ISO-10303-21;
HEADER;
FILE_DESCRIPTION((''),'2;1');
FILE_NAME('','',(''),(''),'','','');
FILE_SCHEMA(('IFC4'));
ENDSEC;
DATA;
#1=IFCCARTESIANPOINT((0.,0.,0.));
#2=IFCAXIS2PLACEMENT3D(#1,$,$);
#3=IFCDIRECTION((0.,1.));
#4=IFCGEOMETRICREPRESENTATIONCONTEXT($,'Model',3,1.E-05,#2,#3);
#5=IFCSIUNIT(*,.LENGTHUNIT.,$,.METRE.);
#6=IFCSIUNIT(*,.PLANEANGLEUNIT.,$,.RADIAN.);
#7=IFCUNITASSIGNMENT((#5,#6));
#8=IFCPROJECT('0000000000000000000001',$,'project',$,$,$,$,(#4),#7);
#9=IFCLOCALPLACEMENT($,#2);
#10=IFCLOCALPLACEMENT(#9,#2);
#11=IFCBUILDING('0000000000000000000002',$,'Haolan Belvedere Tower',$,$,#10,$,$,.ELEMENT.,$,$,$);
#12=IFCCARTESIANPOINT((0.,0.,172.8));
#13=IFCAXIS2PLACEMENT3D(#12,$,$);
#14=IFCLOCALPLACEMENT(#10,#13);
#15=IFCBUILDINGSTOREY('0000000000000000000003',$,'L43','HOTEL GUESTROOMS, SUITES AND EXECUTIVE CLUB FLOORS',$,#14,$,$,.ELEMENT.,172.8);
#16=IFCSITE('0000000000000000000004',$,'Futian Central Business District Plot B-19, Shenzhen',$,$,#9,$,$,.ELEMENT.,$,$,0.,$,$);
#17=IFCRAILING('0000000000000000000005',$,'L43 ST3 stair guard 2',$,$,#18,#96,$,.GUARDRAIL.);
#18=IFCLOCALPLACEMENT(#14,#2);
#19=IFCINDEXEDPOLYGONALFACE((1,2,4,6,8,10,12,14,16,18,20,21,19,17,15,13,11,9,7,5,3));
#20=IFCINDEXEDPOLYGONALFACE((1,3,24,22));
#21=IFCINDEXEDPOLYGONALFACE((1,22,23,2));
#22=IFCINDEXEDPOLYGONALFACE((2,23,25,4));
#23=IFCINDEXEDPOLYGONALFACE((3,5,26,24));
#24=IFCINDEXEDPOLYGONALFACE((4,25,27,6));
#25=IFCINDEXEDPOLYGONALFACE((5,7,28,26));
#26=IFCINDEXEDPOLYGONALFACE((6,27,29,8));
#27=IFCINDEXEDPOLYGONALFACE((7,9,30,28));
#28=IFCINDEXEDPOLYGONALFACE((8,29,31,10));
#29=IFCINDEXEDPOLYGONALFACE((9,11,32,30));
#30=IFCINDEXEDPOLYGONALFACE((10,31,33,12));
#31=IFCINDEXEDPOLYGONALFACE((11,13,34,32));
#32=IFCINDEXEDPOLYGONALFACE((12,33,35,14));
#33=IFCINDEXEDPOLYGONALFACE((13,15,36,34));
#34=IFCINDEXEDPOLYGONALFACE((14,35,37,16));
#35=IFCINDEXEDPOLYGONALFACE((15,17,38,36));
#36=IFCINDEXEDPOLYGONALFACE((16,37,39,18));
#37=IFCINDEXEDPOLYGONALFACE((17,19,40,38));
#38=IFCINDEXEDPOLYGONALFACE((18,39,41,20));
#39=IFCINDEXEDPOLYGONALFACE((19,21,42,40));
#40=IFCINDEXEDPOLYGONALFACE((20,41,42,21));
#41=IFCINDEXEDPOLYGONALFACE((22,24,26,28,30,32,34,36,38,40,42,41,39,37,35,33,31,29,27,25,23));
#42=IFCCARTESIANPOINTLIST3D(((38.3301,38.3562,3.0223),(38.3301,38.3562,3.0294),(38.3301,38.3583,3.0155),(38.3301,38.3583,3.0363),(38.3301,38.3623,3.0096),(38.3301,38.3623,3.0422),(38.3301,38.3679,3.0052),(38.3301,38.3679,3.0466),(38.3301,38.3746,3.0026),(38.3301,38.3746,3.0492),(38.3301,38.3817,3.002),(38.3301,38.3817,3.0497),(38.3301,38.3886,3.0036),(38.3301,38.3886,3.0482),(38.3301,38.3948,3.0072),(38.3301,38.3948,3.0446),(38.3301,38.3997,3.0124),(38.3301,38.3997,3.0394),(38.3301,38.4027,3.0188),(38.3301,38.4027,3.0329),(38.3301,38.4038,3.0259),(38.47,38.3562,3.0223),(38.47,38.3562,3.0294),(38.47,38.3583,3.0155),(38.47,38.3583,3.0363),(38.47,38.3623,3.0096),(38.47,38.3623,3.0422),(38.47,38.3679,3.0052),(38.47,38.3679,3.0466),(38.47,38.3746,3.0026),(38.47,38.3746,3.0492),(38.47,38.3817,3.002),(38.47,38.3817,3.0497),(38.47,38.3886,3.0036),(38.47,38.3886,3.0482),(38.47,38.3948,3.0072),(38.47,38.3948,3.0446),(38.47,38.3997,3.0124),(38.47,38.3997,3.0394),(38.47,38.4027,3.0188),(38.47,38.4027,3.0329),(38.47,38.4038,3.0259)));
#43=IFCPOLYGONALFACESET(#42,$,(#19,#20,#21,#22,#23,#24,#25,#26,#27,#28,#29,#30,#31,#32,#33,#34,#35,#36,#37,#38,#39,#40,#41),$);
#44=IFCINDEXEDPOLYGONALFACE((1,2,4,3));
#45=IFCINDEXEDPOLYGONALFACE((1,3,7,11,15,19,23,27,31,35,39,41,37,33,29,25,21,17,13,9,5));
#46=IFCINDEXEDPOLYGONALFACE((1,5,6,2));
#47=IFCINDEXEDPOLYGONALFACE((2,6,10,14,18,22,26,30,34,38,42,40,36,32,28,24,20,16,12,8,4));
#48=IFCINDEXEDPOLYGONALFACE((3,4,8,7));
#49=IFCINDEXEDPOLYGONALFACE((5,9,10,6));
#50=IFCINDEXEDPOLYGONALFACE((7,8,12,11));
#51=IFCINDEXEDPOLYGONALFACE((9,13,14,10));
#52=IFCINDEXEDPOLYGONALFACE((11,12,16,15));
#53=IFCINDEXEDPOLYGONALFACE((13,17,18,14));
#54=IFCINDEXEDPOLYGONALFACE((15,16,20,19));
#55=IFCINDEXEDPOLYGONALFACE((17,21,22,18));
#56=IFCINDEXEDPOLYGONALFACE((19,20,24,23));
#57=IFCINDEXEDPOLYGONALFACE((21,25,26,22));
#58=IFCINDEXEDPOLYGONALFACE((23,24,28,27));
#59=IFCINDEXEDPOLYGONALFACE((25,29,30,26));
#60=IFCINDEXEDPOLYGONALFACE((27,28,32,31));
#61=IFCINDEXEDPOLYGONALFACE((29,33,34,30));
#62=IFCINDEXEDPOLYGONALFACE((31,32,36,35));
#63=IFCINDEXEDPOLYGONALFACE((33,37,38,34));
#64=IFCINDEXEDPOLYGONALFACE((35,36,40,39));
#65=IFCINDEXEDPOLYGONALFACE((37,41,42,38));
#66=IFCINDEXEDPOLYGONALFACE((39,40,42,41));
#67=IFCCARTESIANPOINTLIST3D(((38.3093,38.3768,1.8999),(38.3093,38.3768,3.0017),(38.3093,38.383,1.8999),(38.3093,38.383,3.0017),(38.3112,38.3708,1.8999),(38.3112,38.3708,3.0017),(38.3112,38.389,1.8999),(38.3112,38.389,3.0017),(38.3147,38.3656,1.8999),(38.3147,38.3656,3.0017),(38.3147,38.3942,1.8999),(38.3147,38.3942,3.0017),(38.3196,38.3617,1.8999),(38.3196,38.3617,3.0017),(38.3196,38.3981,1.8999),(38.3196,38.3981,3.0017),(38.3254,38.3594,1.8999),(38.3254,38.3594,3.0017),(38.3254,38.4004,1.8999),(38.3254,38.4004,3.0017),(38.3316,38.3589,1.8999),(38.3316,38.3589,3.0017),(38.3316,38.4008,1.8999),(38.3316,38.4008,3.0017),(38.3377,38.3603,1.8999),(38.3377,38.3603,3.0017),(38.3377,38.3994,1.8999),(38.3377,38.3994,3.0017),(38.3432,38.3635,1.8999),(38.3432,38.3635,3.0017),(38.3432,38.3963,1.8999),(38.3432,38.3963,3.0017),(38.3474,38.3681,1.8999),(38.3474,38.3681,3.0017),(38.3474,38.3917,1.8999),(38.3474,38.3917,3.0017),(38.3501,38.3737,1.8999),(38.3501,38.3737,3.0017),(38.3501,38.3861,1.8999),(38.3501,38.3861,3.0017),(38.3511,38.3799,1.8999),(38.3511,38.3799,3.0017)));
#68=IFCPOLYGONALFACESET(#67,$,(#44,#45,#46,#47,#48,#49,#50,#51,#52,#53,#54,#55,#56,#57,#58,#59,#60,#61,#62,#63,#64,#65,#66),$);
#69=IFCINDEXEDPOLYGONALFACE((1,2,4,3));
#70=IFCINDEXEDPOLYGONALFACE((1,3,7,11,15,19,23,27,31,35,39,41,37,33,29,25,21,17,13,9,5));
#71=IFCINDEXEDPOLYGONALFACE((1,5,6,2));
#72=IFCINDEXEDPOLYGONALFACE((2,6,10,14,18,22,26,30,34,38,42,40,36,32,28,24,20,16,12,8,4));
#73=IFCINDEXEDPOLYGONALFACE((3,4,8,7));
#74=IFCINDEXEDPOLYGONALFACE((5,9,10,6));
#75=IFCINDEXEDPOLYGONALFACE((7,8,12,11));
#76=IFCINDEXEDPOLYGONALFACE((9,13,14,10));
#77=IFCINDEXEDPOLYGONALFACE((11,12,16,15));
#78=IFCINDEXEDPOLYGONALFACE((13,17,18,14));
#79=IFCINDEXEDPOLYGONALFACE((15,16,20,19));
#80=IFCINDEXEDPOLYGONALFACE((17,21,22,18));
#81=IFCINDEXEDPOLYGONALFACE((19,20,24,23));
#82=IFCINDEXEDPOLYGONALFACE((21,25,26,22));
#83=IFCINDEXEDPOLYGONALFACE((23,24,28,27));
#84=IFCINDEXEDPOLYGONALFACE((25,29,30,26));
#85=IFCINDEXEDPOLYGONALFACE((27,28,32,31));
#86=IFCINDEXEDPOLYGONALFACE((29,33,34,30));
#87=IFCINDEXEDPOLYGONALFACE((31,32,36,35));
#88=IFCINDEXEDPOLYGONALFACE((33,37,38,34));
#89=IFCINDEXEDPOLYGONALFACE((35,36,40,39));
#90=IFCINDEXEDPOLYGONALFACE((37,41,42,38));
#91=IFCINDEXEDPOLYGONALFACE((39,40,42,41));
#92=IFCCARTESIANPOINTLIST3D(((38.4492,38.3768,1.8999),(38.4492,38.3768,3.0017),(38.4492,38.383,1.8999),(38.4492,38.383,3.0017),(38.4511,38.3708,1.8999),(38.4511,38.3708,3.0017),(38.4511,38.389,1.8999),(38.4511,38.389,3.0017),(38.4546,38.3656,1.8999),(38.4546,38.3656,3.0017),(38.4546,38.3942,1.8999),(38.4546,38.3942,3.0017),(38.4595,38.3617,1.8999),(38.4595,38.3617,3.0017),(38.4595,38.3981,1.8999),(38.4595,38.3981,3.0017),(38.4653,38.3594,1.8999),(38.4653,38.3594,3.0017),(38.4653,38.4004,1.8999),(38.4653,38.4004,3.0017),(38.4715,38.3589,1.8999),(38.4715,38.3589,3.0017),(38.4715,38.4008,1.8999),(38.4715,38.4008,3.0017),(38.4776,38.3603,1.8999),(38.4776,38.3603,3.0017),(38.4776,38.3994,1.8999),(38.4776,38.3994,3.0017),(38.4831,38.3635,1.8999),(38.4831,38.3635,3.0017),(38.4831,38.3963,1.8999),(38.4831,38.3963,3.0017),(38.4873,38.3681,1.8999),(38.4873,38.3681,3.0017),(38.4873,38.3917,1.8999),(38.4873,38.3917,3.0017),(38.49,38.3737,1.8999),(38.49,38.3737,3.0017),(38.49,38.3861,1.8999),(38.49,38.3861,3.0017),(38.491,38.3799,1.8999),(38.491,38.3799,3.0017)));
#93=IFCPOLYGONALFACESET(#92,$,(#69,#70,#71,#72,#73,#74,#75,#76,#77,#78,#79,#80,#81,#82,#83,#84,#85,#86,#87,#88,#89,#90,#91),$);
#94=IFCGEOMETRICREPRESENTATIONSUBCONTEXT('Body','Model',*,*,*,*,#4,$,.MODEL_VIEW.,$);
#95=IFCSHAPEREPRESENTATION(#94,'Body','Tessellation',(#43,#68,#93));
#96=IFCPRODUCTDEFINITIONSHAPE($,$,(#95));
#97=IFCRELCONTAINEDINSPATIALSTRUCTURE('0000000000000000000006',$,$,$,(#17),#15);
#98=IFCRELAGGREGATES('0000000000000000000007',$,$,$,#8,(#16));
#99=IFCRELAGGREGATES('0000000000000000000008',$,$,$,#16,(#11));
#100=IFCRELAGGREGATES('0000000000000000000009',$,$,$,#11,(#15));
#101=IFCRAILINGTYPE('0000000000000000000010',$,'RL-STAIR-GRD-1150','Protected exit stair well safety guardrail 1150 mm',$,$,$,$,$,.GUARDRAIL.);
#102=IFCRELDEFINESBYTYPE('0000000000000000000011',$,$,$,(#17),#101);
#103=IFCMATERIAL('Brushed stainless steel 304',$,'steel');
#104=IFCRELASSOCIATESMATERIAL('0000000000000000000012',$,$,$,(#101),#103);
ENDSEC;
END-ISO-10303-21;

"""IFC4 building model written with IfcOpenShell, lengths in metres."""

from ifc_helpers import new_model, si_unit, direction, frame, origin, origin_2d, place, context, subcontext, project, spatial, circle, extrude, material, type_object, element, save


model = new_model("IFC4")

# Units and contexts
model_context = context("Model", 3, precision=1e-05, world=origin(), true_north=direction((0.0, 1.0)))
body_context = subcontext(model_context, "Body", "Model", "MODEL_VIEW")
ifc_project = project(units=[si_unit("LENGTHUNIT", "METRE"), si_unit("PLANEANGLEUNIT", "RADIAN")], contexts=[model_context])

# Site, building, storey
site_placement = place(None, origin())
site = spatial("IfcSite", under=ifc_project, at=site_placement, Name="Futian Central Business District Plot B-19, Shenzhen", CompositionType="ELEMENT", RefElevation=0.0)
building_placement = place(site_placement, origin())
building = spatial("IfcBuilding", under=site, at=building_placement, Name="Haolan Belvedere Tower", CompositionType="ELEMENT")
storey_placement = place(building_placement, frame((0.0, 0.0, 172.8)))
storey = spatial("IfcBuildingStorey", under=building, at=storey_placement, Name="L43", Description="HOTEL GUESTROOMS, SUITES AND EXECUTIVE CLUB FLOORS", CompositionType="ELEMENT", Elevation=172.8)

# Railing
ifc_material_1 = material(Name="Brushed stainless steel 304", Category="steel")
railing_type_1 = type_object("IfcRailingType", Name="RL-STAIR-GRD-1150", Description="Protected exit stair well safety guardrail 1150 mm", PredefinedType="GUARDRAIL", material=ifc_material_1)
railing_1_placement = place(storey_placement, frame((38.3301, 38.3799, 1.8999)))
element("IfcRailing", 1, at=railing_1_placement, inside=storey, type_object=railing_type_1, Name="L43 ST3 stair guard 2", PredefinedType="GUARDRAIL", context=body_context, shape_type="SweptSolid", body=[
    extrude(circle(Radius=0.0239, at=origin_2d()), frame((0.0, 0.0, 1.126), z_axis=(1.0, 0.0, 0.0), x_axis=(0.0, 1.0, 0.0)), (0.0, 0.0, 1.0), 0.1399),
    extrude(circle(Radius=0.021, at=origin_2d()), origin(), (0.0, 0.0, 1.0), 1.1018),
    extrude(circle(Radius=0.021, at=origin_2d()), frame((0.1399, 0.0, 0.0)), (0.0, 0.0, 1.0), 1.1018),
])

save(model, "model.ifc")
